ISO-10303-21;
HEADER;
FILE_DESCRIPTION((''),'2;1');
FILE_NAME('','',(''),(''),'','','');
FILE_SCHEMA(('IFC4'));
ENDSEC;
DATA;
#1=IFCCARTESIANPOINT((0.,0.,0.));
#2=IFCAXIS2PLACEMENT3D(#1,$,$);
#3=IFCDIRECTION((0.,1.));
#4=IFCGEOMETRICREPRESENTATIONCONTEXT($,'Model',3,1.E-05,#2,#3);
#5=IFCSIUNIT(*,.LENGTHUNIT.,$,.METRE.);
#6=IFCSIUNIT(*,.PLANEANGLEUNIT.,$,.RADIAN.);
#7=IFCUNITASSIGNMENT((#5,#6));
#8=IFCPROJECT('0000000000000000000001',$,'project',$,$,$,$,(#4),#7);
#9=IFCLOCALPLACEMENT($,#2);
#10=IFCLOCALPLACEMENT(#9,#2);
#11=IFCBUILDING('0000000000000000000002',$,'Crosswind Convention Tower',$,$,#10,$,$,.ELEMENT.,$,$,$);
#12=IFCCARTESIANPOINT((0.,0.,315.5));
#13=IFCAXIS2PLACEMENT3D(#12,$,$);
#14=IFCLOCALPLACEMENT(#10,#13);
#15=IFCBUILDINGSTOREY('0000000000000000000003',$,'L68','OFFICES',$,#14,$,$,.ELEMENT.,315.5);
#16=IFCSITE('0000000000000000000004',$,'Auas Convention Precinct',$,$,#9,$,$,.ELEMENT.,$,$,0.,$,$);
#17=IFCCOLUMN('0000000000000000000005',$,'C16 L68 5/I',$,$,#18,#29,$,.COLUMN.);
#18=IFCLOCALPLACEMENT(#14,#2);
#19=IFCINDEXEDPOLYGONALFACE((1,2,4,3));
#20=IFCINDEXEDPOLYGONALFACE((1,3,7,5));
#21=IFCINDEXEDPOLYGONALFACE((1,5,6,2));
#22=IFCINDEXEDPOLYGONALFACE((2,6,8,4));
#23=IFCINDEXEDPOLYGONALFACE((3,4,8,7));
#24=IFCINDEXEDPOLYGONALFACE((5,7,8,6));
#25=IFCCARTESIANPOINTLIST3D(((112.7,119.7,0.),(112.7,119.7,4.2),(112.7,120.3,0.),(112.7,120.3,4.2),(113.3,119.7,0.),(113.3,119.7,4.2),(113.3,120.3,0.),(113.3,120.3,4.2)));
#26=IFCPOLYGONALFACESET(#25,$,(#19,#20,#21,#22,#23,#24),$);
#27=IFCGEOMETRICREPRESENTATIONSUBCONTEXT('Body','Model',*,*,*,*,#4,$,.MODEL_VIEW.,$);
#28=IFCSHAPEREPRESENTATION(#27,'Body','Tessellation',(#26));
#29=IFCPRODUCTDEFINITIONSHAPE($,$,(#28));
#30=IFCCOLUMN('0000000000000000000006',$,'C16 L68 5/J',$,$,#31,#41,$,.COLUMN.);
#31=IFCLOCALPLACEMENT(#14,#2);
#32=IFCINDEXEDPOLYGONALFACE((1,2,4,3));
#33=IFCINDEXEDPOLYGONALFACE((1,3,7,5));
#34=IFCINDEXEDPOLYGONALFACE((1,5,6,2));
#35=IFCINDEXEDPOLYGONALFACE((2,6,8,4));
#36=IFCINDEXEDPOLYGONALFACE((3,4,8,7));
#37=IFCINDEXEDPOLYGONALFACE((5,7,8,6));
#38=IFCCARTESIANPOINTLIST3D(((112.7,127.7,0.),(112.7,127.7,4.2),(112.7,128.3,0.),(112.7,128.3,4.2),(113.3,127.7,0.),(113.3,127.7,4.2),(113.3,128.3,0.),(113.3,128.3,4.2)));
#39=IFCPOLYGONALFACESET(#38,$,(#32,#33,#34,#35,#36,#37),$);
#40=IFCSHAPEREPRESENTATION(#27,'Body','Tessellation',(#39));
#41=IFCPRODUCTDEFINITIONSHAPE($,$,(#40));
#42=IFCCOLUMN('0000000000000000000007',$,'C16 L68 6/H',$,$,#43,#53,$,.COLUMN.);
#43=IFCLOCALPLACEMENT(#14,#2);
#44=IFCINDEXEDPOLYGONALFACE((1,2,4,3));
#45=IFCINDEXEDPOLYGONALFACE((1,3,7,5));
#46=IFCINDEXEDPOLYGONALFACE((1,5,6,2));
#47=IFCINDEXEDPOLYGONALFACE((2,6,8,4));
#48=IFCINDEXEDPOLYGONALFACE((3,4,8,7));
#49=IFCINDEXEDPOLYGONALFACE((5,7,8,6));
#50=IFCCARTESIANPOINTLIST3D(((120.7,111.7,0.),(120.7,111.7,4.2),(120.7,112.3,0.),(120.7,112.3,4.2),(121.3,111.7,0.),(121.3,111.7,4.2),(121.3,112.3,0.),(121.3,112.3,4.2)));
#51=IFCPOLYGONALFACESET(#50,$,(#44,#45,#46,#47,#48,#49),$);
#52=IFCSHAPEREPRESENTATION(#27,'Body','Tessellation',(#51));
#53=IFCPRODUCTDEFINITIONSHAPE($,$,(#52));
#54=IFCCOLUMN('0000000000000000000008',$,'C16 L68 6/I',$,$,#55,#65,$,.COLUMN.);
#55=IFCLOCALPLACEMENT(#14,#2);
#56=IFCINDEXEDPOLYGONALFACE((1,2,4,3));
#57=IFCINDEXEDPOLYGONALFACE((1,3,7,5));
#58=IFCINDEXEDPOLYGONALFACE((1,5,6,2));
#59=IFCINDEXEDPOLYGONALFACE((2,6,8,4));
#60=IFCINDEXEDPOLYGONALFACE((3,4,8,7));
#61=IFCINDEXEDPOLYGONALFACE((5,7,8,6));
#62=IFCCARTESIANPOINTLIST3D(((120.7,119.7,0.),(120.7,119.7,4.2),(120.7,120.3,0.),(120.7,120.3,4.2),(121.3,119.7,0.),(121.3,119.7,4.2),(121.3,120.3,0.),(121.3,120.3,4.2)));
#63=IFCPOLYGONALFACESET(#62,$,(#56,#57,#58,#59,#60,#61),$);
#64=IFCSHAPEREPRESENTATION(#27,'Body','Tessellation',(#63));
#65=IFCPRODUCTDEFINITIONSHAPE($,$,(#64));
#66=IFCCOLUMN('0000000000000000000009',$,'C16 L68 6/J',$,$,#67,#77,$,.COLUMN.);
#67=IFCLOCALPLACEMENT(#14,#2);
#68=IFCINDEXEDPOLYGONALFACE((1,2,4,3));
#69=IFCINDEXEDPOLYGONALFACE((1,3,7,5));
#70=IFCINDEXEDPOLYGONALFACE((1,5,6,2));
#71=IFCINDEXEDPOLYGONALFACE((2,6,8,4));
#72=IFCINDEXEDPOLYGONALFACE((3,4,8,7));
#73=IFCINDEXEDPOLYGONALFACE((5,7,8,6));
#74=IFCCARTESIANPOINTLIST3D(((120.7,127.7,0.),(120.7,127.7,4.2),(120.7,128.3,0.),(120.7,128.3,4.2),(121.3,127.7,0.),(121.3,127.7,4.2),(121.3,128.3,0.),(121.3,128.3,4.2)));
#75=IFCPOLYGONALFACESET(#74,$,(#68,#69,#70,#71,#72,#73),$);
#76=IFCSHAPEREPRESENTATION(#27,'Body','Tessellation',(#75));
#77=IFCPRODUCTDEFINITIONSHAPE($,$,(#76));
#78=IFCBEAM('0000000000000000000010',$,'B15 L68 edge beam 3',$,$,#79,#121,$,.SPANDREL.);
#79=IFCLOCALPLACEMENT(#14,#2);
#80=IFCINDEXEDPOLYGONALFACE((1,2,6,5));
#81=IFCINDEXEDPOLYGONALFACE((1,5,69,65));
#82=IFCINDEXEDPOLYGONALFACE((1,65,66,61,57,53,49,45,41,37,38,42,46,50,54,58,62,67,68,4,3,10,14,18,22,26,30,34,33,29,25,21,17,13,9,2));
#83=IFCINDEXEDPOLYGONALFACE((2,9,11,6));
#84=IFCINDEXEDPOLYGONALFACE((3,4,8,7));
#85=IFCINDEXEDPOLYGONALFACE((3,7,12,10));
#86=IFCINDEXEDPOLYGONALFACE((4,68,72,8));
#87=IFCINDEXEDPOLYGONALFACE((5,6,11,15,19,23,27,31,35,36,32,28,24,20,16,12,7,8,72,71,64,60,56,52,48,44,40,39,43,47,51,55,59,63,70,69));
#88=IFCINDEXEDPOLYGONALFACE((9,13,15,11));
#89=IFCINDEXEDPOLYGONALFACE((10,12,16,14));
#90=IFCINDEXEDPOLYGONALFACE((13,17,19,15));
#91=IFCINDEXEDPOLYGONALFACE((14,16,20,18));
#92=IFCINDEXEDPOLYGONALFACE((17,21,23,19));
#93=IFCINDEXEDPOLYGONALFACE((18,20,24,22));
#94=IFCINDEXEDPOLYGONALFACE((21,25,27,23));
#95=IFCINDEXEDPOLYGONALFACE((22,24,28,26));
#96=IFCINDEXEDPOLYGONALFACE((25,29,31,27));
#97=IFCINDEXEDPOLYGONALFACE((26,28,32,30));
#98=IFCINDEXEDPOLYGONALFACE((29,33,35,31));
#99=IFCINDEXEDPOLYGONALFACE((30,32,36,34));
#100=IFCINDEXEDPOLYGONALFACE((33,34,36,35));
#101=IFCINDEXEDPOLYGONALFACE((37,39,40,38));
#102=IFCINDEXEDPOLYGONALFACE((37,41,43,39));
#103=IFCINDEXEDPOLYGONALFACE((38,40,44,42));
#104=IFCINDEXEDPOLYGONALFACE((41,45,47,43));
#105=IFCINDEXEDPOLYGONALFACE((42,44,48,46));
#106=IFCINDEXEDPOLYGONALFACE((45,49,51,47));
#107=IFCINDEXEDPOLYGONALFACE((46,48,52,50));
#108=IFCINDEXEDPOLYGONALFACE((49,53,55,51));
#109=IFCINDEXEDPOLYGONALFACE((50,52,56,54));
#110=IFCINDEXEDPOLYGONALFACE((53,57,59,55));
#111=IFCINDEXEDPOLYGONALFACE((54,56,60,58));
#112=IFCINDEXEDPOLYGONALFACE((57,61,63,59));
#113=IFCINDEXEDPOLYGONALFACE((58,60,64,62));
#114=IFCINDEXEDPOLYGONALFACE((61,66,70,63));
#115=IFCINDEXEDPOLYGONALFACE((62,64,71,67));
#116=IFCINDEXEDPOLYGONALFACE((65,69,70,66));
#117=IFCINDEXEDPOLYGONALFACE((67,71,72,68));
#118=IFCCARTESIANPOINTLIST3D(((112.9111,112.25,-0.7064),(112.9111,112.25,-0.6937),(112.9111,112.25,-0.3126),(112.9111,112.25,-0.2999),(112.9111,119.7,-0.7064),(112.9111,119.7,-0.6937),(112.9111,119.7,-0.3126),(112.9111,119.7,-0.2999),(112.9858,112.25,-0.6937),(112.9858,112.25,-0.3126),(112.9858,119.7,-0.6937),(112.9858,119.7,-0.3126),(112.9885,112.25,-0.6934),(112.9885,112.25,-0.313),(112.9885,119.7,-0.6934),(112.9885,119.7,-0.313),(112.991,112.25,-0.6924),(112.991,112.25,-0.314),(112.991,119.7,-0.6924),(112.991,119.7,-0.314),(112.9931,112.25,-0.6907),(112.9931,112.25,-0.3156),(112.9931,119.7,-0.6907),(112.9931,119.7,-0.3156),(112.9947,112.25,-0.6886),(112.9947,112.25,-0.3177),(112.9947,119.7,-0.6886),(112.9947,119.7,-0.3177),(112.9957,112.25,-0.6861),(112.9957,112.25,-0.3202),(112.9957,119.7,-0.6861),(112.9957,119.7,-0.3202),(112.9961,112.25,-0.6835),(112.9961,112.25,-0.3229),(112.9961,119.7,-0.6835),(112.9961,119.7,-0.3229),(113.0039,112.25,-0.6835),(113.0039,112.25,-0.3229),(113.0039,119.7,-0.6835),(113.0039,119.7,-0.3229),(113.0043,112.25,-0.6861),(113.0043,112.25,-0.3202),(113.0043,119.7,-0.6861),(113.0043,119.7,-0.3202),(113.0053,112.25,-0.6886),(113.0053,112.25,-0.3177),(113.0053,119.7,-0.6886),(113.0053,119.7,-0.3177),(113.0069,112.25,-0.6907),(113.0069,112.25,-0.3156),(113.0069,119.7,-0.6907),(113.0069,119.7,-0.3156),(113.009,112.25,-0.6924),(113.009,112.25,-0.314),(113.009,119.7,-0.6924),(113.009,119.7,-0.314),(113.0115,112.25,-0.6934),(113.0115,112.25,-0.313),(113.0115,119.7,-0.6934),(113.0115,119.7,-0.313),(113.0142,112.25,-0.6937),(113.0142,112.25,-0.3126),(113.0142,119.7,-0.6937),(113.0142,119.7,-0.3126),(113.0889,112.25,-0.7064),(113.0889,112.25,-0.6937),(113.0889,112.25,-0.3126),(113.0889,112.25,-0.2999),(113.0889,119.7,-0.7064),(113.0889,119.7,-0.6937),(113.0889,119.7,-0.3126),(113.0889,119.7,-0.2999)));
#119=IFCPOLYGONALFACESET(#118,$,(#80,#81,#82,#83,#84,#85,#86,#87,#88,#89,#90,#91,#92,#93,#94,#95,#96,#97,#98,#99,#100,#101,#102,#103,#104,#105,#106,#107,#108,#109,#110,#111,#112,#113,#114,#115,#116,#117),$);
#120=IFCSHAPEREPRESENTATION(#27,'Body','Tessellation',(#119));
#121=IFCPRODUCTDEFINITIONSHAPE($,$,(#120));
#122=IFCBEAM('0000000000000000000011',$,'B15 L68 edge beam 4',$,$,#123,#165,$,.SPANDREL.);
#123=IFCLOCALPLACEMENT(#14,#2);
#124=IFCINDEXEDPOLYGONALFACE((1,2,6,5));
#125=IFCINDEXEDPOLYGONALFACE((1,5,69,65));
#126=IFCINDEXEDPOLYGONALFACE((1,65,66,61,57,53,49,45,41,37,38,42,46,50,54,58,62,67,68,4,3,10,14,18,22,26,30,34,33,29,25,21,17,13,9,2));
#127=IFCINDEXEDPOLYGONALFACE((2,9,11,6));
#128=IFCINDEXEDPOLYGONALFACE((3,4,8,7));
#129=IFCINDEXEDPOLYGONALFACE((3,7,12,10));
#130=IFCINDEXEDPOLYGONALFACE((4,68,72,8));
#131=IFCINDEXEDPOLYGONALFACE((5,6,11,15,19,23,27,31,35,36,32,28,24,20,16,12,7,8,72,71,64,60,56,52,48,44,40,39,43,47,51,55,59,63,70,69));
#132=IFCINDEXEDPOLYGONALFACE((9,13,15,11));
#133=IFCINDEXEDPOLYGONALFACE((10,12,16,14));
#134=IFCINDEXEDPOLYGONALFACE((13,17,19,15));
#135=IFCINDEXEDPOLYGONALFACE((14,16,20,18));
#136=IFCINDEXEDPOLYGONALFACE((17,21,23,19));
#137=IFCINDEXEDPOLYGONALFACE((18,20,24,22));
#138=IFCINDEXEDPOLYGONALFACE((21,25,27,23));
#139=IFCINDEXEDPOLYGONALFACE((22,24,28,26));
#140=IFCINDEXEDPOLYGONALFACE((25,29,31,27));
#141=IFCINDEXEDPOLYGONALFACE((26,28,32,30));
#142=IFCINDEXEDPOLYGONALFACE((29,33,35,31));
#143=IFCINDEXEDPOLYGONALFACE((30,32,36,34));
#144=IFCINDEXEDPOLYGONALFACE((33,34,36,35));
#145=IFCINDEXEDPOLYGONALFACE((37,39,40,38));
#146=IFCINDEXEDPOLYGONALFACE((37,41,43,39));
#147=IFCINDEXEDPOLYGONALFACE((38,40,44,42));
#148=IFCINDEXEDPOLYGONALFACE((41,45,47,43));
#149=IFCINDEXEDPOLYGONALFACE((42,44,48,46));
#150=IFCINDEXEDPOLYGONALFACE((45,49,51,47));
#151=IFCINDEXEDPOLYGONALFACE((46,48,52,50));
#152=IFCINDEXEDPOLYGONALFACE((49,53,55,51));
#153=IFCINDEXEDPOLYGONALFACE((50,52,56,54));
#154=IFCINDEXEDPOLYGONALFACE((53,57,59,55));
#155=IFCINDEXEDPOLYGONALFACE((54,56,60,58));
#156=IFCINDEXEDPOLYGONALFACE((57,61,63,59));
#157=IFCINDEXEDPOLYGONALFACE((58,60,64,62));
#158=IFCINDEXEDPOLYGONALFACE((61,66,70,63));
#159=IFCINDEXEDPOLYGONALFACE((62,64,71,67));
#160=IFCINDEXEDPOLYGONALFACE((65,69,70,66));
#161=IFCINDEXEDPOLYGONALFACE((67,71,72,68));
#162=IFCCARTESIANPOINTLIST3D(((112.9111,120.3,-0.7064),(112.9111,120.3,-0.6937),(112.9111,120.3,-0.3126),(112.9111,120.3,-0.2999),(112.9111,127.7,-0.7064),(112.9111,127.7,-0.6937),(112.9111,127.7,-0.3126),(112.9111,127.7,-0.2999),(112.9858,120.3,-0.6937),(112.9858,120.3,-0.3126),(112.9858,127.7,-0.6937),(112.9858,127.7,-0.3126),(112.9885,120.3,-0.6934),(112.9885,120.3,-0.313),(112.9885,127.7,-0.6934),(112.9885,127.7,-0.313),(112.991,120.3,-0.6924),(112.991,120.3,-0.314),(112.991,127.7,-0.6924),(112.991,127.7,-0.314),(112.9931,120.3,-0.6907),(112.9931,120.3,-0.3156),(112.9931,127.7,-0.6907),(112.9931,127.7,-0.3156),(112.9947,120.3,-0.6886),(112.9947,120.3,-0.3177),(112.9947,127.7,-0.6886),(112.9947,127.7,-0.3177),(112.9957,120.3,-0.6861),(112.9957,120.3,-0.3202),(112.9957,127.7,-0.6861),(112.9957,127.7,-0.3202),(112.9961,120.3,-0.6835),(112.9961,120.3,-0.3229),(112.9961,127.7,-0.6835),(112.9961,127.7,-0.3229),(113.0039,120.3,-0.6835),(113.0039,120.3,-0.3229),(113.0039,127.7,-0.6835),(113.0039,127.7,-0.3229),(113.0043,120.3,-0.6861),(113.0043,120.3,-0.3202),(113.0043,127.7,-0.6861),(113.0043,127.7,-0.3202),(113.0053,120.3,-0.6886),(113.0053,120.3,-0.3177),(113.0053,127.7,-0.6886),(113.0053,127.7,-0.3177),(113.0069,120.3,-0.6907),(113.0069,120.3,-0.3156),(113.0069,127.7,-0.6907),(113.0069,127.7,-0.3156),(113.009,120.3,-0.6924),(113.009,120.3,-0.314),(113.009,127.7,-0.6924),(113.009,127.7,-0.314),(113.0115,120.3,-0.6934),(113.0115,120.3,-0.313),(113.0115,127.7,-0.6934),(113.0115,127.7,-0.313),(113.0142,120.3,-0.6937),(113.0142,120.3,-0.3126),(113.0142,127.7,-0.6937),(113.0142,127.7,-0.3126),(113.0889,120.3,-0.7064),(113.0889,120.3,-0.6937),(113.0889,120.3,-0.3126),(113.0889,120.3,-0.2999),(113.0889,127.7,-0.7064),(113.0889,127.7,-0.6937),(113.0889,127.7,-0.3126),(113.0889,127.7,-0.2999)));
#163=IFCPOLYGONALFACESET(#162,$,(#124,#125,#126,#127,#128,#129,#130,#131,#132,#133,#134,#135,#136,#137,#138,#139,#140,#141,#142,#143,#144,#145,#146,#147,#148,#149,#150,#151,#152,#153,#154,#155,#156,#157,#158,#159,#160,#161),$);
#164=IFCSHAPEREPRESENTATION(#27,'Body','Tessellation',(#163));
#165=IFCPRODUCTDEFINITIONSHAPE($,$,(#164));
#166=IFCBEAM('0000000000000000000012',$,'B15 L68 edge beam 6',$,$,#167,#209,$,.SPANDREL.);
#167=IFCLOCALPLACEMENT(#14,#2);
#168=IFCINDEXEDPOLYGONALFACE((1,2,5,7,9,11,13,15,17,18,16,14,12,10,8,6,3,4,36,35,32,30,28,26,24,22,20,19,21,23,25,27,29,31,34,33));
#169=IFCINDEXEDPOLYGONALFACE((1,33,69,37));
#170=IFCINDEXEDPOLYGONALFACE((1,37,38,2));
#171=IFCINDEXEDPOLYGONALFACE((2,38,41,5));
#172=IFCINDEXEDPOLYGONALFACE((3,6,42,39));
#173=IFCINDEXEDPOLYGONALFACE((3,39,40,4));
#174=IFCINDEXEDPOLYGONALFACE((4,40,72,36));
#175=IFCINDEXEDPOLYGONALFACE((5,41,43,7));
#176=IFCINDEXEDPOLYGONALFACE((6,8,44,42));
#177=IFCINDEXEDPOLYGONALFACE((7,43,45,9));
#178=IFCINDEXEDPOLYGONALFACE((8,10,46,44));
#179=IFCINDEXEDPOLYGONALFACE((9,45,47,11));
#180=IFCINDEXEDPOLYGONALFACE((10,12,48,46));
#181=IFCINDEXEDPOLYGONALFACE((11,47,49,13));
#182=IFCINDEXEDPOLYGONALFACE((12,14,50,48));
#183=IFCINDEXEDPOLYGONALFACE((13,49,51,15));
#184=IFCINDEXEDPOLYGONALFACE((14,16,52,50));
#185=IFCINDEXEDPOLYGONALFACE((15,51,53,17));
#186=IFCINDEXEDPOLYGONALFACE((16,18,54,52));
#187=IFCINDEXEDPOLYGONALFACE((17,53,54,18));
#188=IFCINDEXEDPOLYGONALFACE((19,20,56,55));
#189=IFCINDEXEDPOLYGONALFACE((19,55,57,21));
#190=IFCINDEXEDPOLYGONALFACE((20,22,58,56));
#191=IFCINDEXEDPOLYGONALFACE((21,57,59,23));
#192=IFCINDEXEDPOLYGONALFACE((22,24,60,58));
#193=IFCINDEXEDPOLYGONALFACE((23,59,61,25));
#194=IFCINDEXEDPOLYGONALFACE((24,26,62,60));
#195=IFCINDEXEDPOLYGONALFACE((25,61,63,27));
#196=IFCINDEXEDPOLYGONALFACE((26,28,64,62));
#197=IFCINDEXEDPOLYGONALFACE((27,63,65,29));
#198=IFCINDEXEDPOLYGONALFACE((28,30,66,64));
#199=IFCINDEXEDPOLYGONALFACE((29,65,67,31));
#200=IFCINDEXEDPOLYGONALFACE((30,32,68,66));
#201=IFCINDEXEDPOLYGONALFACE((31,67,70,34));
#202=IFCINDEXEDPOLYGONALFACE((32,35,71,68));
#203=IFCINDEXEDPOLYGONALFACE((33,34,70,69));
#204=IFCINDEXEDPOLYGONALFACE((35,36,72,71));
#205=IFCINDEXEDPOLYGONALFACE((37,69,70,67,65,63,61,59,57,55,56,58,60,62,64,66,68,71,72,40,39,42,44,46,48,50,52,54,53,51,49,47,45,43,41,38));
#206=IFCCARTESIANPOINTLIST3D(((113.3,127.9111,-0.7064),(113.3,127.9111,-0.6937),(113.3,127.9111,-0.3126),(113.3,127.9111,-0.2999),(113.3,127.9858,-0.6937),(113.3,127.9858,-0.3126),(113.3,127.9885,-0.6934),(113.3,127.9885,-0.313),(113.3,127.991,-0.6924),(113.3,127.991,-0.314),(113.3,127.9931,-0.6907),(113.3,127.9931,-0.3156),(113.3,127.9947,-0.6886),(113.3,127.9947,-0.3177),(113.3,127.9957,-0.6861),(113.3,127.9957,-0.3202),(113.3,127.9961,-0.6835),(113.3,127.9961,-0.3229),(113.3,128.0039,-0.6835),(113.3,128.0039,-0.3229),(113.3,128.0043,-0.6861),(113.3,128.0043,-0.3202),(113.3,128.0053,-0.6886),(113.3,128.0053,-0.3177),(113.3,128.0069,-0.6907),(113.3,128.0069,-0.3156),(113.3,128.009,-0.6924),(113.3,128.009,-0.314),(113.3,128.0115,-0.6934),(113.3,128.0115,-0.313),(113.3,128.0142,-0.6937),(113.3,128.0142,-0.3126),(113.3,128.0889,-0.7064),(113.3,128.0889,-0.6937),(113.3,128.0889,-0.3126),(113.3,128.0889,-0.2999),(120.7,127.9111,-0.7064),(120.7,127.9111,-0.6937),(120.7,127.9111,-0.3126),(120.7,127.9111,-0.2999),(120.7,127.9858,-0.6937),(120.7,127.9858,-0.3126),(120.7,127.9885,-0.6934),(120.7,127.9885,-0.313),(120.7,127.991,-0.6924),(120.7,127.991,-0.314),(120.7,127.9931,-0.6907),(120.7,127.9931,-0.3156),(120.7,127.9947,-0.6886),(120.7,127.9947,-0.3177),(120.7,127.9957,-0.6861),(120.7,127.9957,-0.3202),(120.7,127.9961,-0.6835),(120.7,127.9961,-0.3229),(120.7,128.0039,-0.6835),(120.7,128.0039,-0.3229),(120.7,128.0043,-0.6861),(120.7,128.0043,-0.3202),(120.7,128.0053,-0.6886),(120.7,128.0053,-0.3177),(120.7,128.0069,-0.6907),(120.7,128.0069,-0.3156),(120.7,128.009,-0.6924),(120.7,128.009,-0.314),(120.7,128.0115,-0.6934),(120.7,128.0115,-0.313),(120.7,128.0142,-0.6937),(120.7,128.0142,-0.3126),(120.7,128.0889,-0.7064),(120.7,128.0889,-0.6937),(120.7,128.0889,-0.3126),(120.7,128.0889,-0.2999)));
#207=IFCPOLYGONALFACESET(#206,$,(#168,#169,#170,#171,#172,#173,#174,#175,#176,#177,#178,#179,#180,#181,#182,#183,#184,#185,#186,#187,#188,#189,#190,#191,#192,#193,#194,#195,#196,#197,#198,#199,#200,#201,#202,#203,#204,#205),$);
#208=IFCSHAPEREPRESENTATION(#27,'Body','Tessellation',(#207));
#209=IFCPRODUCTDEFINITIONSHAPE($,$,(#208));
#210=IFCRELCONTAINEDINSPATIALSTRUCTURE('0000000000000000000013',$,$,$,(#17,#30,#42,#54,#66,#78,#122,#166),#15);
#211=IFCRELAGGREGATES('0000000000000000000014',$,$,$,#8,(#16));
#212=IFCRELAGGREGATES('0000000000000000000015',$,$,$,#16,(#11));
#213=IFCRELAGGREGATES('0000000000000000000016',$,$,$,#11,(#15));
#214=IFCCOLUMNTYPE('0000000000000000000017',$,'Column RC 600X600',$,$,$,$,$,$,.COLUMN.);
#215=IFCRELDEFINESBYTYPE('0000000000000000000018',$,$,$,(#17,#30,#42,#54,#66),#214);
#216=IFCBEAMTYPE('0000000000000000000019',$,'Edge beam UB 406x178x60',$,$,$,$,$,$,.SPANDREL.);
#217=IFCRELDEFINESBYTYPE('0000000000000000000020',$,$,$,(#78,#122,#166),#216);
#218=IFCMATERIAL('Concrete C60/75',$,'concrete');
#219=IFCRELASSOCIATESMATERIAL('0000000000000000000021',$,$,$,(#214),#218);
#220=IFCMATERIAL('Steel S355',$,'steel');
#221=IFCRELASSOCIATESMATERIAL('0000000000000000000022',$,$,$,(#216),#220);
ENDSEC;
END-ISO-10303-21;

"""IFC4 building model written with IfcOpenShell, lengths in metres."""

from ifc_helpers import new_model, si_unit, direction, frame, origin, origin_2d, place, context, subcontext, project, spatial, rectangle, i_section, extrude, material, material_profile, profile_set, type_object, element, save


model = new_model("IFC4")

# Units and contexts
model_context = context("Model", 3, precision=1e-05, world=origin(), true_north=direction((0.0, 1.0)))
body_context = subcontext(model_context, "Body", "Model", "MODEL_VIEW")
ifc_project = project(units=[si_unit("LENGTHUNIT", "METRE"), si_unit("PLANEANGLEUNIT", "RADIAN")], contexts=[model_context])

# Site, building, storey
site_placement = place(None, origin())
site = spatial("IfcSite", under=ifc_project, at=site_placement, Name="Auas Convention Precinct", CompositionType="ELEMENT", RefElevation=0.0)
building_placement = place(site_placement, origin())
building = spatial("IfcBuilding", under=site, at=building_placement, Name="Crosswind Convention Tower", CompositionType="ELEMENT")
storey_placement = place(building_placement, frame((0.0, 0.0, 315.5)))
storey = spatial("IfcBuildingStorey", under=building, at=storey_placement, Name="L68", Description="OFFICES", CompositionType="ELEMENT", Elevation=315.5)

# Columns
ifc_material_1 = material(Name="Concrete C60/75", Category="concrete")
ifc_material_profile_1 = material_profile(ifc_material_1, rectangle(XDim=0.6001, YDim=0.6001, at=origin_2d()), Name="RC 600X600")
ifc_profile_set_1 = profile_set([ifc_material_profile_1], Name="Concrete C60/75")
column_type = type_object("IfcColumnType", Name="Column RC 600X600", PredefinedType="COLUMN", material=ifc_profile_set_1)
for number, where, z_axis, x_axis, name in (
    (1, (113.0, 120.0, 0.0), (0.0, 0.0, 1.0), (1.0, 0.0, 0.0), "C16 L68 5/I"),
    (2, (113.0, 128.0, 0.0), (0.0, 0.0, 1.0), (1.0, 0.0, 0.0), "C16 L68 5/J"),
    (3, (121.0, 112.0, 0.0), (0.0, 0.0, 1.0), (1.0, 0.0, 0.0), "C16 L68 6/H"),
    (4, (121.0, 120.0, 0.0), (0.0, 0.0, 1.0), (1.0, 0.0, 0.0), "C16 L68 6/I"),
    (5, (121.0, 128.0, 0.0), (0.0, 0.0, 1.0), (1.0, 0.0, 0.0), "C16 L68 6/J"),
):
    element("IfcColumn", number, at=place(storey_placement, frame(where, z_axis=z_axis, x_axis=x_axis)), inside=storey, type_object=column_type, Name=name, PredefinedType="COLUMN", context=body_context, shape_type="SweptSolid", body=[
        extrude(rectangle(XDim=0.6001, YDim=0.6001, at=origin_2d()), origin(), (0.0, 0.0, 1.0), 4.2),
    ])

# Beams
ifc_material_2 = material(Name="Steel S355", Category="steel")
ifc_material_profile_2 = material_profile(ifc_material_2, i_section(OverallWidth=0.1777, OverallDepth=0.4065, WebThickness=0.0078, FlangeThickness=0.0127, FilletRadius=0.0103, at=origin_2d()), Name="UB 406x178x60")
ifc_profile_set_2 = profile_set([ifc_material_profile_2], Name="Steel S355")
beam_type_1 = type_object("IfcBeamType", Name="Edge beam UB 406x178x60", PredefinedType="SPANDREL", material=ifc_profile_set_2)
beam_placement = place(storey_placement, frame((113.0, 112.25, -0.5032), z_axis=(0.0, 1.0, 0.0), x_axis=(-1.0, 0.0, 0.0)))
element("IfcBeam", 6, at=beam_placement, inside=storey, type_object=beam_type_1, Name="B15 L68 edge beam 3", PredefinedType="SPANDREL", context=body_context, shape_type="SweptSolid", body=[
    extrude(i_section(OverallWidth=0.1777, OverallDepth=0.4065, WebThickness=0.0078, FlangeThickness=0.0127, FilletRadius=0.0103, at=origin_2d()), origin(), (0.0, 0.0, 1.0), 7.45),
])
for number, where, z_axis, x_axis, name in (
    (7, (113.0, 120.3, -0.5032), (0.0, 1.0, 0.0), (-1.0, 0.0, 0.0), "B15 L68 edge beam 4"),
    (8, (113.3, 128.0, -0.5032), (1.0, 0.0, 0.0), (0.0, 1.0, 0.0), "B15 L68 edge beam 6"),
):
    element("IfcBeam", number, at=place(storey_placement, frame(where, z_axis=z_axis, x_axis=x_axis)), inside=storey, type_object=beam_type_1, Name=name, PredefinedType="SPANDREL", context=body_context, shape_type="SweptSolid", body=[
        extrude(i_section(OverallWidth=0.1777, OverallDepth=0.4065, WebThickness=0.0078, FlangeThickness=0.0127, FilletRadius=0.0103, at=origin_2d()), origin(), (0.0, 0.0, 1.0), 7.3999),
    ])

save(model, "model.ifc")
